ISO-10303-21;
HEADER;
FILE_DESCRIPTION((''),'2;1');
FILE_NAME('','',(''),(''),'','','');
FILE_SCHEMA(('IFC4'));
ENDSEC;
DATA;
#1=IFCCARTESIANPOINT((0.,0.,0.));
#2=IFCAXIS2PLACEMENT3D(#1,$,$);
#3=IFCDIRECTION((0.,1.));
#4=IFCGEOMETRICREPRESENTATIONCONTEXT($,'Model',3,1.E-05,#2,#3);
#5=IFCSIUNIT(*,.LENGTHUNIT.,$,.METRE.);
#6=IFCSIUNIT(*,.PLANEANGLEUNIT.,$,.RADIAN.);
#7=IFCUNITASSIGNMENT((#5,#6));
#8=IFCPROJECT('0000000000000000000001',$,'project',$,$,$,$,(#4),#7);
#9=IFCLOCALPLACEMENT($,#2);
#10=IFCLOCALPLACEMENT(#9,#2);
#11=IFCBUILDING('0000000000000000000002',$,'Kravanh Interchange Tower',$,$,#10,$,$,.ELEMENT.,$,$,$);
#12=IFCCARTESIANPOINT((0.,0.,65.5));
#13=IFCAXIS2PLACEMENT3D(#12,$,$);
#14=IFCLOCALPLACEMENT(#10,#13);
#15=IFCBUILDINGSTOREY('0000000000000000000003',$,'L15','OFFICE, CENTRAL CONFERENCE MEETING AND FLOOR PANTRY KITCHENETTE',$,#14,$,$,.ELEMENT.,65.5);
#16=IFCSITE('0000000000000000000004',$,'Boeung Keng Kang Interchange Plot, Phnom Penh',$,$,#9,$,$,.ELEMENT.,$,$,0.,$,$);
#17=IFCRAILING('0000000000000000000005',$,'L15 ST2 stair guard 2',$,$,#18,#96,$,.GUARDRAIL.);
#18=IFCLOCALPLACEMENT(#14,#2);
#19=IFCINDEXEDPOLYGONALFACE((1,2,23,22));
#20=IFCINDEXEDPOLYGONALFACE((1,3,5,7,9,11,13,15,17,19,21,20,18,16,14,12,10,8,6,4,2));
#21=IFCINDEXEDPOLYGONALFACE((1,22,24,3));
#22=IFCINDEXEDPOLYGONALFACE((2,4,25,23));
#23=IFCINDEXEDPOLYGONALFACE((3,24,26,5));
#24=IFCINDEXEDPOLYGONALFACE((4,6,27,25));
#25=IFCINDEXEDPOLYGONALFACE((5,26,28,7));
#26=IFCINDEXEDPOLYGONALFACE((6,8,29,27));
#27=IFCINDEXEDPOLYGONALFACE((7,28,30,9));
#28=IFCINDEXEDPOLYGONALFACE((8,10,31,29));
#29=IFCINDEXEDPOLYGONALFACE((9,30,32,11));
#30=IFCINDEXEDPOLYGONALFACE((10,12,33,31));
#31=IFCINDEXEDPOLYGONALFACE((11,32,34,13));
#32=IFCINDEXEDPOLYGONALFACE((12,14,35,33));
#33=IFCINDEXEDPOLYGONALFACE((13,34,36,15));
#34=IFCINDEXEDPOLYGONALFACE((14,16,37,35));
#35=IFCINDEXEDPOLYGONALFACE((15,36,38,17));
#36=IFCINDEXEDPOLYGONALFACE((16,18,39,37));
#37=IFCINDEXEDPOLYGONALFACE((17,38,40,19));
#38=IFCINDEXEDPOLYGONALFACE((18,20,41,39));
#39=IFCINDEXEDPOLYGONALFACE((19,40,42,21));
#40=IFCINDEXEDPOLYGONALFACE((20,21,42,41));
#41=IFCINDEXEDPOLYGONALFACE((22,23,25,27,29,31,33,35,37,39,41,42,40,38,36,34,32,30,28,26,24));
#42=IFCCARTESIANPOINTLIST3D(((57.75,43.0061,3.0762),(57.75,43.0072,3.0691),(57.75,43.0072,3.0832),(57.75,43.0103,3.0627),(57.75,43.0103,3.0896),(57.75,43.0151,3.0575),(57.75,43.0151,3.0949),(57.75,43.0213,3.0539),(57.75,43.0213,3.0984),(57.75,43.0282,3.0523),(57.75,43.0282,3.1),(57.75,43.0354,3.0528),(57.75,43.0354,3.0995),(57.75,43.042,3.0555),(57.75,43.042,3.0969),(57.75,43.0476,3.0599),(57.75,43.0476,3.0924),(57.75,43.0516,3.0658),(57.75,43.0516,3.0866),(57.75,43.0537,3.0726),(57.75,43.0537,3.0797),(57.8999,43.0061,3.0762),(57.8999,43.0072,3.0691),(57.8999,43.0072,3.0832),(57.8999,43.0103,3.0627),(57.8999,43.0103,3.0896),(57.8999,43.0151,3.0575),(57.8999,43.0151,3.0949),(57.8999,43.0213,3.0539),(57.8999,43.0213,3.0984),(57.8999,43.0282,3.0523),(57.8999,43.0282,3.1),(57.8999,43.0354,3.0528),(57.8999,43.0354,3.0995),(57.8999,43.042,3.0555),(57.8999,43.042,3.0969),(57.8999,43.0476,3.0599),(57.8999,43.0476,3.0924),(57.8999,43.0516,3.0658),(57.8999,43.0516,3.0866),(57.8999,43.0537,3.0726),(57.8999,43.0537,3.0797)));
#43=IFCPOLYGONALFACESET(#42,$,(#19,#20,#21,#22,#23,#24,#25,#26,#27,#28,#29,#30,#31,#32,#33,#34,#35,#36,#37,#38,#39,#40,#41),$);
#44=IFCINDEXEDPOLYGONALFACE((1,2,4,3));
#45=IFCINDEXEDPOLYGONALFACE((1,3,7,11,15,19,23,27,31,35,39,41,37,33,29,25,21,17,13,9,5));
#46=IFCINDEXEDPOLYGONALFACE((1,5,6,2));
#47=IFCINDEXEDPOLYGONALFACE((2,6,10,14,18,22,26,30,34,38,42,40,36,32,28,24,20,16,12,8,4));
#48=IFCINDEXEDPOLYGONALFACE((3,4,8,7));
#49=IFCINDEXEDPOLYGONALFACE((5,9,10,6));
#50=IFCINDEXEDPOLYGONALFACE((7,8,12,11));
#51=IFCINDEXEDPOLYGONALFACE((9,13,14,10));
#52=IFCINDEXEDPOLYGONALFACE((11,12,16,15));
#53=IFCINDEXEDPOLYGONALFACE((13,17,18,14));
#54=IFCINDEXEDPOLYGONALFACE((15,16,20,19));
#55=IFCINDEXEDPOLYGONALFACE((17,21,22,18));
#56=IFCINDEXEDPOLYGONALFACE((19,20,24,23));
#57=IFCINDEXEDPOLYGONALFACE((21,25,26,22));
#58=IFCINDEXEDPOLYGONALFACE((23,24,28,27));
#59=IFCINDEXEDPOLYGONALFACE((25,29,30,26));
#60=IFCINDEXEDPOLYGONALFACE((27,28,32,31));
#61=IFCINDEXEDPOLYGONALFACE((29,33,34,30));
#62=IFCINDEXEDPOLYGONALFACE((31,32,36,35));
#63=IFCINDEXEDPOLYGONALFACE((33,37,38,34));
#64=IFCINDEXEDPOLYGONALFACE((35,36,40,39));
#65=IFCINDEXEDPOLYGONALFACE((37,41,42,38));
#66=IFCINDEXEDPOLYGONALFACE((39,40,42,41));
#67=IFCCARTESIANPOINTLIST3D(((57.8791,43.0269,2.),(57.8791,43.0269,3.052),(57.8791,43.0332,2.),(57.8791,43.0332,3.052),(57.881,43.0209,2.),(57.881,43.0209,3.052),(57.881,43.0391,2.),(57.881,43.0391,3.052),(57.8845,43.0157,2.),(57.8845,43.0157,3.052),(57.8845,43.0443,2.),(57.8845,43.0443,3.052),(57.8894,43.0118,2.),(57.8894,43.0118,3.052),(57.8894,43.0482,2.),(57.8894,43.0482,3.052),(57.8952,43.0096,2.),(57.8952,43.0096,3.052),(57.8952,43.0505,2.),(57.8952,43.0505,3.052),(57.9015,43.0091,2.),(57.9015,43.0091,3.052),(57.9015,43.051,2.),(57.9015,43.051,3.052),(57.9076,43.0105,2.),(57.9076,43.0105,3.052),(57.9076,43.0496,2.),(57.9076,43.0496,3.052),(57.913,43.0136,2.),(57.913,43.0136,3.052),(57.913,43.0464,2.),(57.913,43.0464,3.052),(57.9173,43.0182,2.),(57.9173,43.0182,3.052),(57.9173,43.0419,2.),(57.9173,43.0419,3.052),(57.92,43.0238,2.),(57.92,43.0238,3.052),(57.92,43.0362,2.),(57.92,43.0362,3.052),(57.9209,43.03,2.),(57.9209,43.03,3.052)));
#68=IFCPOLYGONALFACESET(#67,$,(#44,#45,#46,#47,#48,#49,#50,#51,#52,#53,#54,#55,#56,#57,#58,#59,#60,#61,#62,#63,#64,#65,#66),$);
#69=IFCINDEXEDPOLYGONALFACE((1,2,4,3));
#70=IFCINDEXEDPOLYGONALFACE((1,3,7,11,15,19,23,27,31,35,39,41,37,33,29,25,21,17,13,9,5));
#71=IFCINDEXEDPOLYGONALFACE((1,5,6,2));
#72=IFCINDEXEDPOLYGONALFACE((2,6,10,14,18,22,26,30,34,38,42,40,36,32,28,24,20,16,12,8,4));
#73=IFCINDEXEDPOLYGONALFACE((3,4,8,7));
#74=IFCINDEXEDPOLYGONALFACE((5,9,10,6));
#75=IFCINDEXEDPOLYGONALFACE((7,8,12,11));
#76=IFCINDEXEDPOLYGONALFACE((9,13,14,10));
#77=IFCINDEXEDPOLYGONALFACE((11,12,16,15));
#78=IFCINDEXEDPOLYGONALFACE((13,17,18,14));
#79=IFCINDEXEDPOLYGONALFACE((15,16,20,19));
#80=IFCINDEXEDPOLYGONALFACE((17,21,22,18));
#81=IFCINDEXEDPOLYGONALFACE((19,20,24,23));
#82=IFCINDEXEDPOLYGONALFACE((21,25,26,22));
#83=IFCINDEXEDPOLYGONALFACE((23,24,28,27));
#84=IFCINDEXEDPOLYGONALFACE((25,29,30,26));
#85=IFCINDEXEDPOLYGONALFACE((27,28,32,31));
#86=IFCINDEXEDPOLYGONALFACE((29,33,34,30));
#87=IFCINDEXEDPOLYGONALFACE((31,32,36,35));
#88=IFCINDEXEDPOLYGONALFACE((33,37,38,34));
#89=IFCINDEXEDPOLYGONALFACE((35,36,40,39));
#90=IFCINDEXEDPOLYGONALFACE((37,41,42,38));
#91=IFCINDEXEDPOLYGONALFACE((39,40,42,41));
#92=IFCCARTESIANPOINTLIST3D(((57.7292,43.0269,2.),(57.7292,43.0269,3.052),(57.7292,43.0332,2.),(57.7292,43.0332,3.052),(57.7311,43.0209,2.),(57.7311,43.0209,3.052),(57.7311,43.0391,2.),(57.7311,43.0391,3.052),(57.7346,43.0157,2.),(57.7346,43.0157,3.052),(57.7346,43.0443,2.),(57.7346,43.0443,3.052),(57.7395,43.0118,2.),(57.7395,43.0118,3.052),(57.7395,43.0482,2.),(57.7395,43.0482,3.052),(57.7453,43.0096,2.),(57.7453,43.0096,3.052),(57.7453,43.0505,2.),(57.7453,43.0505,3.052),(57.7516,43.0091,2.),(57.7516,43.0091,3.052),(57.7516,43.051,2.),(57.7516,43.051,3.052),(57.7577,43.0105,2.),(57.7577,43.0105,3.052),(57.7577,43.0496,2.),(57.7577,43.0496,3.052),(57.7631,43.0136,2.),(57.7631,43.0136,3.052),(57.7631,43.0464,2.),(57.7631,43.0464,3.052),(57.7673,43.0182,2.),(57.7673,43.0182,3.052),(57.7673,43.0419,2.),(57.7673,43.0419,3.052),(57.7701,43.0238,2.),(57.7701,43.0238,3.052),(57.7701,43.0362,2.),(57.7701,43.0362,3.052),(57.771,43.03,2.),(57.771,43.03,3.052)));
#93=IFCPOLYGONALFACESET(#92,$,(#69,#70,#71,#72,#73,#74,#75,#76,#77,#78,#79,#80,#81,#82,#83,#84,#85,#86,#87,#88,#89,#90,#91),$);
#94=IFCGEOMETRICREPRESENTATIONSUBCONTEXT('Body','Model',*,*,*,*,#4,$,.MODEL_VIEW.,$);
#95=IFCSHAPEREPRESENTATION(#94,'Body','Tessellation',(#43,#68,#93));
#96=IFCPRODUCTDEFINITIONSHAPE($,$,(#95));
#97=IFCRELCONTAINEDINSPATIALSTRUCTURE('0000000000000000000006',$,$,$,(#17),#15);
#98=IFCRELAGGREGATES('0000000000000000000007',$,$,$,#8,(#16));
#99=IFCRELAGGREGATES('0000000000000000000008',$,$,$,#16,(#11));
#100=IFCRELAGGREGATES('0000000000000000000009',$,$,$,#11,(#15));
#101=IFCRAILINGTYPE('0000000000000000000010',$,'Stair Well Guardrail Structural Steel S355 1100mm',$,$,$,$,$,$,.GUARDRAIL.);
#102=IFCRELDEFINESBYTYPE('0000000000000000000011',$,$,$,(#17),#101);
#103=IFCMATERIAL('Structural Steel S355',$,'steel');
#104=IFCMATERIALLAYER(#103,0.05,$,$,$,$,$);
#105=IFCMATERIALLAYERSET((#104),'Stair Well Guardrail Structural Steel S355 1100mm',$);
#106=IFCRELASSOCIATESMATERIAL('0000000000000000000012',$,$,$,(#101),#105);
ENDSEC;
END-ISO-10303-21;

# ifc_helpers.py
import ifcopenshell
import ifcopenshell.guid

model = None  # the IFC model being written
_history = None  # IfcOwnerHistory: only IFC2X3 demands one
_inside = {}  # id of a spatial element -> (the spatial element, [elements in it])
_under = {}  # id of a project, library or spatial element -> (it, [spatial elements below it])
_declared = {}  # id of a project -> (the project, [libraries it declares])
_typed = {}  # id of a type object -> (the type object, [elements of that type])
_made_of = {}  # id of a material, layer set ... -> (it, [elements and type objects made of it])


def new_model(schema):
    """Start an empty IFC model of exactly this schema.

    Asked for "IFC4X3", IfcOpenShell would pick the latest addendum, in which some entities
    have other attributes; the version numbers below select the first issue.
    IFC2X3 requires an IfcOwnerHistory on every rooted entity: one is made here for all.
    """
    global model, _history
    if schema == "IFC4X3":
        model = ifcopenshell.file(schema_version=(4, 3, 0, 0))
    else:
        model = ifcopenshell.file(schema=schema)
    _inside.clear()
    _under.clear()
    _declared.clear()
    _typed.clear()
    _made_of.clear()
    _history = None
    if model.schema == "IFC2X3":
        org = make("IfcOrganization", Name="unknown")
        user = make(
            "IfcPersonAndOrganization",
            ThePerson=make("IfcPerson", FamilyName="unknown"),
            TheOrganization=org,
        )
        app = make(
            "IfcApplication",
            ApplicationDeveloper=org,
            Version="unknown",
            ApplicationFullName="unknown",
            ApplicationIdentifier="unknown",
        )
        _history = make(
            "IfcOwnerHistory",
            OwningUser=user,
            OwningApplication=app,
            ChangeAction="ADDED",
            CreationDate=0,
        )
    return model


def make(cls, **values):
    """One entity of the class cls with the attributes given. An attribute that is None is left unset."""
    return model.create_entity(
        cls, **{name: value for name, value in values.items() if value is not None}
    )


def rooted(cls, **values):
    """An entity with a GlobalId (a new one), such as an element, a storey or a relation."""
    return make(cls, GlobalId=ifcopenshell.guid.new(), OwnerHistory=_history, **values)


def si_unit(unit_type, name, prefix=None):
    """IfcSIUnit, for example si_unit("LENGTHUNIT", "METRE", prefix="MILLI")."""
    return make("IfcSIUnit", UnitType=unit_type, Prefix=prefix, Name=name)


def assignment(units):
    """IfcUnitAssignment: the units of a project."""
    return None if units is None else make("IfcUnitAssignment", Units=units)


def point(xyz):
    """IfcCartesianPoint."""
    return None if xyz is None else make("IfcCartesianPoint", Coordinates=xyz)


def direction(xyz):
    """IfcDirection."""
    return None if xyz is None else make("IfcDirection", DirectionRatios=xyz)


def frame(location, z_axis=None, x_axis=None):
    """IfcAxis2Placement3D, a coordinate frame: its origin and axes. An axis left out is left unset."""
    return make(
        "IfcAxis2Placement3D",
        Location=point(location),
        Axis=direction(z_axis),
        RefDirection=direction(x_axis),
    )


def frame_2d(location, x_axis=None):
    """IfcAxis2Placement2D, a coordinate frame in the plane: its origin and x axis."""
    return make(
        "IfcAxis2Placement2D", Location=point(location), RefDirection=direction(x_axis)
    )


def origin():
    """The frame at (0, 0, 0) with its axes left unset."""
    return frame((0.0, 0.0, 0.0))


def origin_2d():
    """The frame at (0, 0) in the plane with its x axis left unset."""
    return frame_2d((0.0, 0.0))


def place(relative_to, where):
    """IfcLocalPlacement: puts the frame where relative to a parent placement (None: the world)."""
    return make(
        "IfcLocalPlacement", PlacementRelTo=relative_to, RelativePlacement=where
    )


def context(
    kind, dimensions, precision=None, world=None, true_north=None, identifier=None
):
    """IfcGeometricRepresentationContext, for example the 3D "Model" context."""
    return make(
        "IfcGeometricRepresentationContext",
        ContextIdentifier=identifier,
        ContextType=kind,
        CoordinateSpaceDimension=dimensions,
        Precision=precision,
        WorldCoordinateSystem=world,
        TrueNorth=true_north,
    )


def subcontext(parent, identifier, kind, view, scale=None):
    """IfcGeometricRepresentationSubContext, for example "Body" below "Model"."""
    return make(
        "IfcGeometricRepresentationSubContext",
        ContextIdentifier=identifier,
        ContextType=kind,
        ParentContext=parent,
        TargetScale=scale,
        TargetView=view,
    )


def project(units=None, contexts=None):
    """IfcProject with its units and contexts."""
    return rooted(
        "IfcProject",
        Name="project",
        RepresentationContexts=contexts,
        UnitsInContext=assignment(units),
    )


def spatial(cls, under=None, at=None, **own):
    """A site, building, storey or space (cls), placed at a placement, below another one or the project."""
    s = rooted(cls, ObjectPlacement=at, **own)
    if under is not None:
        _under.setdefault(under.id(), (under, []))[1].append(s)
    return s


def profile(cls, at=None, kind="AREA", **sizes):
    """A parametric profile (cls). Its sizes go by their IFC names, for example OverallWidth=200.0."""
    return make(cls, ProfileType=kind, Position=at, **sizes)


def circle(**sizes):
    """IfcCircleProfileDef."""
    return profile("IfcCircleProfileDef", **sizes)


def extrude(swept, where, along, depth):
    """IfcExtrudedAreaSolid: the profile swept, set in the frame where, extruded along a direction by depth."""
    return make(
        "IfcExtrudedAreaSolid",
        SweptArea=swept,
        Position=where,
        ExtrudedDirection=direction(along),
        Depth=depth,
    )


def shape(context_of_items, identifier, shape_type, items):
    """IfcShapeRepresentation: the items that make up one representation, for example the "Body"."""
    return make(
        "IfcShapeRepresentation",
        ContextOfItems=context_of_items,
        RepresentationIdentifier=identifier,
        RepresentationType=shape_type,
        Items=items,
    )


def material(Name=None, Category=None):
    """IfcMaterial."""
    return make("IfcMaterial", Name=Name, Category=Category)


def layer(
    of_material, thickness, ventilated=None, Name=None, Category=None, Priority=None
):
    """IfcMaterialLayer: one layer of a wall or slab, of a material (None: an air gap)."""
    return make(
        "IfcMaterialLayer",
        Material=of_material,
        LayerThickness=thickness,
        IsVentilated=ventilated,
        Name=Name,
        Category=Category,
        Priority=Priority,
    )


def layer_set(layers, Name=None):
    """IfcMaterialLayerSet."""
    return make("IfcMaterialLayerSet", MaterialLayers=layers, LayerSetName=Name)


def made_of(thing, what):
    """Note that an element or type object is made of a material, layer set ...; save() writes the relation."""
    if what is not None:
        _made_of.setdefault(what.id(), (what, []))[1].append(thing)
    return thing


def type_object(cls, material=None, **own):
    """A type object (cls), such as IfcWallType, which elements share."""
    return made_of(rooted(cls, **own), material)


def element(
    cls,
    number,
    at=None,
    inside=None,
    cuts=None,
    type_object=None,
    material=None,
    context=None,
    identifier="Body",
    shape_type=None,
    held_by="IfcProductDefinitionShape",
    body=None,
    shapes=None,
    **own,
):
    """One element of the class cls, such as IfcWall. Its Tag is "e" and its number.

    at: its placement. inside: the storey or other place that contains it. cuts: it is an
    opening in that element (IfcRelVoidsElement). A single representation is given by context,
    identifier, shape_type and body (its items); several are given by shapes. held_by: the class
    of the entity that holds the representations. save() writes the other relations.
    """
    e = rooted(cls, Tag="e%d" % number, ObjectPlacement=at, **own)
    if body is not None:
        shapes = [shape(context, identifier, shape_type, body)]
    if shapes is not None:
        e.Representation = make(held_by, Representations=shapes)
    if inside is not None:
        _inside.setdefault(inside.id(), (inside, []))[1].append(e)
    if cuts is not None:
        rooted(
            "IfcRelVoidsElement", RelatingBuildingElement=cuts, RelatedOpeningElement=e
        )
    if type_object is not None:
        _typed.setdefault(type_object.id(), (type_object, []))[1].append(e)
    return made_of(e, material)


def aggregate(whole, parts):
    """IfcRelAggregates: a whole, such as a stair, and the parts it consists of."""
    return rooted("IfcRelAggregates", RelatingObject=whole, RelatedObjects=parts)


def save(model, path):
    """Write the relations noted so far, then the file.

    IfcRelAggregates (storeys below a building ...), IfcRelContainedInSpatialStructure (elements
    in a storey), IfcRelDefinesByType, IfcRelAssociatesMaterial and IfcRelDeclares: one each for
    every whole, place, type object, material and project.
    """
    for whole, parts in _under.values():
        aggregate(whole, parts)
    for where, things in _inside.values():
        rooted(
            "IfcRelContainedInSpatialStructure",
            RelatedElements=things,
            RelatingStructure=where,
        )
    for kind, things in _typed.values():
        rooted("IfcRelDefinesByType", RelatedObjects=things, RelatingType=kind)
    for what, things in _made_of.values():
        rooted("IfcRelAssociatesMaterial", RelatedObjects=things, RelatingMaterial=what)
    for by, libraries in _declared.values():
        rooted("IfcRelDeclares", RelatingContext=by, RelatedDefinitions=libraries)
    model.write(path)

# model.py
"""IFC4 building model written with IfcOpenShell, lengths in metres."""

from ifc_helpers import new_model, si_unit, direction, frame, origin, origin_2d, place, context, subcontext, project, spatial, circle, extrude, material, layer, layer_set, type_object, element, save


model = new_model("IFC4")

# Units and contexts
model_context = context("Model", 3, precision=1e-05, world=origin(), true_north=direction((0.0, 1.0)))
body_context = subcontext(model_context, "Body", "Model", "MODEL_VIEW")
ifc_project = project(units=[si_unit("LENGTHUNIT", "METRE"), si_unit("PLANEANGLEUNIT", "RADIAN")], contexts=[model_context])

# Site, building, storey
site_placement = place(None, origin())
site = spatial("IfcSite", under=ifc_project, at=site_placement, Name="Boeung Keng Kang Interchange Plot, Phnom Penh", CompositionType="ELEMENT", RefElevation=0.0)
building_placement = place(site_placement, origin())
building = spatial("IfcBuilding", under=site, at=building_placement, Name="Kravanh Interchange Tower", CompositionType="ELEMENT")
storey_placement = place(building_placement, frame((0.0, 0.0, 65.5)))
storey = spatial("IfcBuildingStorey", under=building, at=storey_placement, Name="L15", Description="OFFICE, CENTRAL CONFERENCE MEETING AND FLOOR PANTRY KITCHENETTE", CompositionType="ELEMENT", Elevation=65.5)

# Railing
ifc_material_1 = material(Name="Structural Steel S355", Category="steel")
ifc_layer_1 = layer(ifc_material_1, 0.05)
ifc_layer_set_1 = layer_set([ifc_layer_1], Name="Stair Well Guardrail Structural Steel S355 1100mm")
railing_type_1 = type_object("IfcRailingType", Name="Stair Well Guardrail Structural Steel S355 1100mm", PredefinedType="GUARDRAIL", material=ifc_layer_set_1)
railing_1_placement = place(storey_placement, frame((57.8999, 43.03, 2.0)))
element("IfcRailing", 1, at=railing_1_placement, inside=storey, type_object=railing_type_1, Name="L15 ST2 stair guard 2", PredefinedType="GUARDRAIL", context=body_context, shape_type="SweptSolid", body=[
    extrude(circle(Radius=0.0239, at=origin_2d()), frame((0.0, 0.0, 1.0762), z_axis=(-1.0, 0.0, 0.0), x_axis=(0.0, -1.0, 0.0)), (0.0, 0.0, 1.0), 0.1499),
    extrude(circle(Radius=0.021, at=origin_2d()), origin(), (0.0, 0.0, 1.0), 1.052),
    extrude(circle(Radius=0.021, at=origin_2d()), frame((-0.1499, 0.0, 0.0)), (0.0, 0.0, 1.0), 1.052),
])

save(model, "model.ifc")
